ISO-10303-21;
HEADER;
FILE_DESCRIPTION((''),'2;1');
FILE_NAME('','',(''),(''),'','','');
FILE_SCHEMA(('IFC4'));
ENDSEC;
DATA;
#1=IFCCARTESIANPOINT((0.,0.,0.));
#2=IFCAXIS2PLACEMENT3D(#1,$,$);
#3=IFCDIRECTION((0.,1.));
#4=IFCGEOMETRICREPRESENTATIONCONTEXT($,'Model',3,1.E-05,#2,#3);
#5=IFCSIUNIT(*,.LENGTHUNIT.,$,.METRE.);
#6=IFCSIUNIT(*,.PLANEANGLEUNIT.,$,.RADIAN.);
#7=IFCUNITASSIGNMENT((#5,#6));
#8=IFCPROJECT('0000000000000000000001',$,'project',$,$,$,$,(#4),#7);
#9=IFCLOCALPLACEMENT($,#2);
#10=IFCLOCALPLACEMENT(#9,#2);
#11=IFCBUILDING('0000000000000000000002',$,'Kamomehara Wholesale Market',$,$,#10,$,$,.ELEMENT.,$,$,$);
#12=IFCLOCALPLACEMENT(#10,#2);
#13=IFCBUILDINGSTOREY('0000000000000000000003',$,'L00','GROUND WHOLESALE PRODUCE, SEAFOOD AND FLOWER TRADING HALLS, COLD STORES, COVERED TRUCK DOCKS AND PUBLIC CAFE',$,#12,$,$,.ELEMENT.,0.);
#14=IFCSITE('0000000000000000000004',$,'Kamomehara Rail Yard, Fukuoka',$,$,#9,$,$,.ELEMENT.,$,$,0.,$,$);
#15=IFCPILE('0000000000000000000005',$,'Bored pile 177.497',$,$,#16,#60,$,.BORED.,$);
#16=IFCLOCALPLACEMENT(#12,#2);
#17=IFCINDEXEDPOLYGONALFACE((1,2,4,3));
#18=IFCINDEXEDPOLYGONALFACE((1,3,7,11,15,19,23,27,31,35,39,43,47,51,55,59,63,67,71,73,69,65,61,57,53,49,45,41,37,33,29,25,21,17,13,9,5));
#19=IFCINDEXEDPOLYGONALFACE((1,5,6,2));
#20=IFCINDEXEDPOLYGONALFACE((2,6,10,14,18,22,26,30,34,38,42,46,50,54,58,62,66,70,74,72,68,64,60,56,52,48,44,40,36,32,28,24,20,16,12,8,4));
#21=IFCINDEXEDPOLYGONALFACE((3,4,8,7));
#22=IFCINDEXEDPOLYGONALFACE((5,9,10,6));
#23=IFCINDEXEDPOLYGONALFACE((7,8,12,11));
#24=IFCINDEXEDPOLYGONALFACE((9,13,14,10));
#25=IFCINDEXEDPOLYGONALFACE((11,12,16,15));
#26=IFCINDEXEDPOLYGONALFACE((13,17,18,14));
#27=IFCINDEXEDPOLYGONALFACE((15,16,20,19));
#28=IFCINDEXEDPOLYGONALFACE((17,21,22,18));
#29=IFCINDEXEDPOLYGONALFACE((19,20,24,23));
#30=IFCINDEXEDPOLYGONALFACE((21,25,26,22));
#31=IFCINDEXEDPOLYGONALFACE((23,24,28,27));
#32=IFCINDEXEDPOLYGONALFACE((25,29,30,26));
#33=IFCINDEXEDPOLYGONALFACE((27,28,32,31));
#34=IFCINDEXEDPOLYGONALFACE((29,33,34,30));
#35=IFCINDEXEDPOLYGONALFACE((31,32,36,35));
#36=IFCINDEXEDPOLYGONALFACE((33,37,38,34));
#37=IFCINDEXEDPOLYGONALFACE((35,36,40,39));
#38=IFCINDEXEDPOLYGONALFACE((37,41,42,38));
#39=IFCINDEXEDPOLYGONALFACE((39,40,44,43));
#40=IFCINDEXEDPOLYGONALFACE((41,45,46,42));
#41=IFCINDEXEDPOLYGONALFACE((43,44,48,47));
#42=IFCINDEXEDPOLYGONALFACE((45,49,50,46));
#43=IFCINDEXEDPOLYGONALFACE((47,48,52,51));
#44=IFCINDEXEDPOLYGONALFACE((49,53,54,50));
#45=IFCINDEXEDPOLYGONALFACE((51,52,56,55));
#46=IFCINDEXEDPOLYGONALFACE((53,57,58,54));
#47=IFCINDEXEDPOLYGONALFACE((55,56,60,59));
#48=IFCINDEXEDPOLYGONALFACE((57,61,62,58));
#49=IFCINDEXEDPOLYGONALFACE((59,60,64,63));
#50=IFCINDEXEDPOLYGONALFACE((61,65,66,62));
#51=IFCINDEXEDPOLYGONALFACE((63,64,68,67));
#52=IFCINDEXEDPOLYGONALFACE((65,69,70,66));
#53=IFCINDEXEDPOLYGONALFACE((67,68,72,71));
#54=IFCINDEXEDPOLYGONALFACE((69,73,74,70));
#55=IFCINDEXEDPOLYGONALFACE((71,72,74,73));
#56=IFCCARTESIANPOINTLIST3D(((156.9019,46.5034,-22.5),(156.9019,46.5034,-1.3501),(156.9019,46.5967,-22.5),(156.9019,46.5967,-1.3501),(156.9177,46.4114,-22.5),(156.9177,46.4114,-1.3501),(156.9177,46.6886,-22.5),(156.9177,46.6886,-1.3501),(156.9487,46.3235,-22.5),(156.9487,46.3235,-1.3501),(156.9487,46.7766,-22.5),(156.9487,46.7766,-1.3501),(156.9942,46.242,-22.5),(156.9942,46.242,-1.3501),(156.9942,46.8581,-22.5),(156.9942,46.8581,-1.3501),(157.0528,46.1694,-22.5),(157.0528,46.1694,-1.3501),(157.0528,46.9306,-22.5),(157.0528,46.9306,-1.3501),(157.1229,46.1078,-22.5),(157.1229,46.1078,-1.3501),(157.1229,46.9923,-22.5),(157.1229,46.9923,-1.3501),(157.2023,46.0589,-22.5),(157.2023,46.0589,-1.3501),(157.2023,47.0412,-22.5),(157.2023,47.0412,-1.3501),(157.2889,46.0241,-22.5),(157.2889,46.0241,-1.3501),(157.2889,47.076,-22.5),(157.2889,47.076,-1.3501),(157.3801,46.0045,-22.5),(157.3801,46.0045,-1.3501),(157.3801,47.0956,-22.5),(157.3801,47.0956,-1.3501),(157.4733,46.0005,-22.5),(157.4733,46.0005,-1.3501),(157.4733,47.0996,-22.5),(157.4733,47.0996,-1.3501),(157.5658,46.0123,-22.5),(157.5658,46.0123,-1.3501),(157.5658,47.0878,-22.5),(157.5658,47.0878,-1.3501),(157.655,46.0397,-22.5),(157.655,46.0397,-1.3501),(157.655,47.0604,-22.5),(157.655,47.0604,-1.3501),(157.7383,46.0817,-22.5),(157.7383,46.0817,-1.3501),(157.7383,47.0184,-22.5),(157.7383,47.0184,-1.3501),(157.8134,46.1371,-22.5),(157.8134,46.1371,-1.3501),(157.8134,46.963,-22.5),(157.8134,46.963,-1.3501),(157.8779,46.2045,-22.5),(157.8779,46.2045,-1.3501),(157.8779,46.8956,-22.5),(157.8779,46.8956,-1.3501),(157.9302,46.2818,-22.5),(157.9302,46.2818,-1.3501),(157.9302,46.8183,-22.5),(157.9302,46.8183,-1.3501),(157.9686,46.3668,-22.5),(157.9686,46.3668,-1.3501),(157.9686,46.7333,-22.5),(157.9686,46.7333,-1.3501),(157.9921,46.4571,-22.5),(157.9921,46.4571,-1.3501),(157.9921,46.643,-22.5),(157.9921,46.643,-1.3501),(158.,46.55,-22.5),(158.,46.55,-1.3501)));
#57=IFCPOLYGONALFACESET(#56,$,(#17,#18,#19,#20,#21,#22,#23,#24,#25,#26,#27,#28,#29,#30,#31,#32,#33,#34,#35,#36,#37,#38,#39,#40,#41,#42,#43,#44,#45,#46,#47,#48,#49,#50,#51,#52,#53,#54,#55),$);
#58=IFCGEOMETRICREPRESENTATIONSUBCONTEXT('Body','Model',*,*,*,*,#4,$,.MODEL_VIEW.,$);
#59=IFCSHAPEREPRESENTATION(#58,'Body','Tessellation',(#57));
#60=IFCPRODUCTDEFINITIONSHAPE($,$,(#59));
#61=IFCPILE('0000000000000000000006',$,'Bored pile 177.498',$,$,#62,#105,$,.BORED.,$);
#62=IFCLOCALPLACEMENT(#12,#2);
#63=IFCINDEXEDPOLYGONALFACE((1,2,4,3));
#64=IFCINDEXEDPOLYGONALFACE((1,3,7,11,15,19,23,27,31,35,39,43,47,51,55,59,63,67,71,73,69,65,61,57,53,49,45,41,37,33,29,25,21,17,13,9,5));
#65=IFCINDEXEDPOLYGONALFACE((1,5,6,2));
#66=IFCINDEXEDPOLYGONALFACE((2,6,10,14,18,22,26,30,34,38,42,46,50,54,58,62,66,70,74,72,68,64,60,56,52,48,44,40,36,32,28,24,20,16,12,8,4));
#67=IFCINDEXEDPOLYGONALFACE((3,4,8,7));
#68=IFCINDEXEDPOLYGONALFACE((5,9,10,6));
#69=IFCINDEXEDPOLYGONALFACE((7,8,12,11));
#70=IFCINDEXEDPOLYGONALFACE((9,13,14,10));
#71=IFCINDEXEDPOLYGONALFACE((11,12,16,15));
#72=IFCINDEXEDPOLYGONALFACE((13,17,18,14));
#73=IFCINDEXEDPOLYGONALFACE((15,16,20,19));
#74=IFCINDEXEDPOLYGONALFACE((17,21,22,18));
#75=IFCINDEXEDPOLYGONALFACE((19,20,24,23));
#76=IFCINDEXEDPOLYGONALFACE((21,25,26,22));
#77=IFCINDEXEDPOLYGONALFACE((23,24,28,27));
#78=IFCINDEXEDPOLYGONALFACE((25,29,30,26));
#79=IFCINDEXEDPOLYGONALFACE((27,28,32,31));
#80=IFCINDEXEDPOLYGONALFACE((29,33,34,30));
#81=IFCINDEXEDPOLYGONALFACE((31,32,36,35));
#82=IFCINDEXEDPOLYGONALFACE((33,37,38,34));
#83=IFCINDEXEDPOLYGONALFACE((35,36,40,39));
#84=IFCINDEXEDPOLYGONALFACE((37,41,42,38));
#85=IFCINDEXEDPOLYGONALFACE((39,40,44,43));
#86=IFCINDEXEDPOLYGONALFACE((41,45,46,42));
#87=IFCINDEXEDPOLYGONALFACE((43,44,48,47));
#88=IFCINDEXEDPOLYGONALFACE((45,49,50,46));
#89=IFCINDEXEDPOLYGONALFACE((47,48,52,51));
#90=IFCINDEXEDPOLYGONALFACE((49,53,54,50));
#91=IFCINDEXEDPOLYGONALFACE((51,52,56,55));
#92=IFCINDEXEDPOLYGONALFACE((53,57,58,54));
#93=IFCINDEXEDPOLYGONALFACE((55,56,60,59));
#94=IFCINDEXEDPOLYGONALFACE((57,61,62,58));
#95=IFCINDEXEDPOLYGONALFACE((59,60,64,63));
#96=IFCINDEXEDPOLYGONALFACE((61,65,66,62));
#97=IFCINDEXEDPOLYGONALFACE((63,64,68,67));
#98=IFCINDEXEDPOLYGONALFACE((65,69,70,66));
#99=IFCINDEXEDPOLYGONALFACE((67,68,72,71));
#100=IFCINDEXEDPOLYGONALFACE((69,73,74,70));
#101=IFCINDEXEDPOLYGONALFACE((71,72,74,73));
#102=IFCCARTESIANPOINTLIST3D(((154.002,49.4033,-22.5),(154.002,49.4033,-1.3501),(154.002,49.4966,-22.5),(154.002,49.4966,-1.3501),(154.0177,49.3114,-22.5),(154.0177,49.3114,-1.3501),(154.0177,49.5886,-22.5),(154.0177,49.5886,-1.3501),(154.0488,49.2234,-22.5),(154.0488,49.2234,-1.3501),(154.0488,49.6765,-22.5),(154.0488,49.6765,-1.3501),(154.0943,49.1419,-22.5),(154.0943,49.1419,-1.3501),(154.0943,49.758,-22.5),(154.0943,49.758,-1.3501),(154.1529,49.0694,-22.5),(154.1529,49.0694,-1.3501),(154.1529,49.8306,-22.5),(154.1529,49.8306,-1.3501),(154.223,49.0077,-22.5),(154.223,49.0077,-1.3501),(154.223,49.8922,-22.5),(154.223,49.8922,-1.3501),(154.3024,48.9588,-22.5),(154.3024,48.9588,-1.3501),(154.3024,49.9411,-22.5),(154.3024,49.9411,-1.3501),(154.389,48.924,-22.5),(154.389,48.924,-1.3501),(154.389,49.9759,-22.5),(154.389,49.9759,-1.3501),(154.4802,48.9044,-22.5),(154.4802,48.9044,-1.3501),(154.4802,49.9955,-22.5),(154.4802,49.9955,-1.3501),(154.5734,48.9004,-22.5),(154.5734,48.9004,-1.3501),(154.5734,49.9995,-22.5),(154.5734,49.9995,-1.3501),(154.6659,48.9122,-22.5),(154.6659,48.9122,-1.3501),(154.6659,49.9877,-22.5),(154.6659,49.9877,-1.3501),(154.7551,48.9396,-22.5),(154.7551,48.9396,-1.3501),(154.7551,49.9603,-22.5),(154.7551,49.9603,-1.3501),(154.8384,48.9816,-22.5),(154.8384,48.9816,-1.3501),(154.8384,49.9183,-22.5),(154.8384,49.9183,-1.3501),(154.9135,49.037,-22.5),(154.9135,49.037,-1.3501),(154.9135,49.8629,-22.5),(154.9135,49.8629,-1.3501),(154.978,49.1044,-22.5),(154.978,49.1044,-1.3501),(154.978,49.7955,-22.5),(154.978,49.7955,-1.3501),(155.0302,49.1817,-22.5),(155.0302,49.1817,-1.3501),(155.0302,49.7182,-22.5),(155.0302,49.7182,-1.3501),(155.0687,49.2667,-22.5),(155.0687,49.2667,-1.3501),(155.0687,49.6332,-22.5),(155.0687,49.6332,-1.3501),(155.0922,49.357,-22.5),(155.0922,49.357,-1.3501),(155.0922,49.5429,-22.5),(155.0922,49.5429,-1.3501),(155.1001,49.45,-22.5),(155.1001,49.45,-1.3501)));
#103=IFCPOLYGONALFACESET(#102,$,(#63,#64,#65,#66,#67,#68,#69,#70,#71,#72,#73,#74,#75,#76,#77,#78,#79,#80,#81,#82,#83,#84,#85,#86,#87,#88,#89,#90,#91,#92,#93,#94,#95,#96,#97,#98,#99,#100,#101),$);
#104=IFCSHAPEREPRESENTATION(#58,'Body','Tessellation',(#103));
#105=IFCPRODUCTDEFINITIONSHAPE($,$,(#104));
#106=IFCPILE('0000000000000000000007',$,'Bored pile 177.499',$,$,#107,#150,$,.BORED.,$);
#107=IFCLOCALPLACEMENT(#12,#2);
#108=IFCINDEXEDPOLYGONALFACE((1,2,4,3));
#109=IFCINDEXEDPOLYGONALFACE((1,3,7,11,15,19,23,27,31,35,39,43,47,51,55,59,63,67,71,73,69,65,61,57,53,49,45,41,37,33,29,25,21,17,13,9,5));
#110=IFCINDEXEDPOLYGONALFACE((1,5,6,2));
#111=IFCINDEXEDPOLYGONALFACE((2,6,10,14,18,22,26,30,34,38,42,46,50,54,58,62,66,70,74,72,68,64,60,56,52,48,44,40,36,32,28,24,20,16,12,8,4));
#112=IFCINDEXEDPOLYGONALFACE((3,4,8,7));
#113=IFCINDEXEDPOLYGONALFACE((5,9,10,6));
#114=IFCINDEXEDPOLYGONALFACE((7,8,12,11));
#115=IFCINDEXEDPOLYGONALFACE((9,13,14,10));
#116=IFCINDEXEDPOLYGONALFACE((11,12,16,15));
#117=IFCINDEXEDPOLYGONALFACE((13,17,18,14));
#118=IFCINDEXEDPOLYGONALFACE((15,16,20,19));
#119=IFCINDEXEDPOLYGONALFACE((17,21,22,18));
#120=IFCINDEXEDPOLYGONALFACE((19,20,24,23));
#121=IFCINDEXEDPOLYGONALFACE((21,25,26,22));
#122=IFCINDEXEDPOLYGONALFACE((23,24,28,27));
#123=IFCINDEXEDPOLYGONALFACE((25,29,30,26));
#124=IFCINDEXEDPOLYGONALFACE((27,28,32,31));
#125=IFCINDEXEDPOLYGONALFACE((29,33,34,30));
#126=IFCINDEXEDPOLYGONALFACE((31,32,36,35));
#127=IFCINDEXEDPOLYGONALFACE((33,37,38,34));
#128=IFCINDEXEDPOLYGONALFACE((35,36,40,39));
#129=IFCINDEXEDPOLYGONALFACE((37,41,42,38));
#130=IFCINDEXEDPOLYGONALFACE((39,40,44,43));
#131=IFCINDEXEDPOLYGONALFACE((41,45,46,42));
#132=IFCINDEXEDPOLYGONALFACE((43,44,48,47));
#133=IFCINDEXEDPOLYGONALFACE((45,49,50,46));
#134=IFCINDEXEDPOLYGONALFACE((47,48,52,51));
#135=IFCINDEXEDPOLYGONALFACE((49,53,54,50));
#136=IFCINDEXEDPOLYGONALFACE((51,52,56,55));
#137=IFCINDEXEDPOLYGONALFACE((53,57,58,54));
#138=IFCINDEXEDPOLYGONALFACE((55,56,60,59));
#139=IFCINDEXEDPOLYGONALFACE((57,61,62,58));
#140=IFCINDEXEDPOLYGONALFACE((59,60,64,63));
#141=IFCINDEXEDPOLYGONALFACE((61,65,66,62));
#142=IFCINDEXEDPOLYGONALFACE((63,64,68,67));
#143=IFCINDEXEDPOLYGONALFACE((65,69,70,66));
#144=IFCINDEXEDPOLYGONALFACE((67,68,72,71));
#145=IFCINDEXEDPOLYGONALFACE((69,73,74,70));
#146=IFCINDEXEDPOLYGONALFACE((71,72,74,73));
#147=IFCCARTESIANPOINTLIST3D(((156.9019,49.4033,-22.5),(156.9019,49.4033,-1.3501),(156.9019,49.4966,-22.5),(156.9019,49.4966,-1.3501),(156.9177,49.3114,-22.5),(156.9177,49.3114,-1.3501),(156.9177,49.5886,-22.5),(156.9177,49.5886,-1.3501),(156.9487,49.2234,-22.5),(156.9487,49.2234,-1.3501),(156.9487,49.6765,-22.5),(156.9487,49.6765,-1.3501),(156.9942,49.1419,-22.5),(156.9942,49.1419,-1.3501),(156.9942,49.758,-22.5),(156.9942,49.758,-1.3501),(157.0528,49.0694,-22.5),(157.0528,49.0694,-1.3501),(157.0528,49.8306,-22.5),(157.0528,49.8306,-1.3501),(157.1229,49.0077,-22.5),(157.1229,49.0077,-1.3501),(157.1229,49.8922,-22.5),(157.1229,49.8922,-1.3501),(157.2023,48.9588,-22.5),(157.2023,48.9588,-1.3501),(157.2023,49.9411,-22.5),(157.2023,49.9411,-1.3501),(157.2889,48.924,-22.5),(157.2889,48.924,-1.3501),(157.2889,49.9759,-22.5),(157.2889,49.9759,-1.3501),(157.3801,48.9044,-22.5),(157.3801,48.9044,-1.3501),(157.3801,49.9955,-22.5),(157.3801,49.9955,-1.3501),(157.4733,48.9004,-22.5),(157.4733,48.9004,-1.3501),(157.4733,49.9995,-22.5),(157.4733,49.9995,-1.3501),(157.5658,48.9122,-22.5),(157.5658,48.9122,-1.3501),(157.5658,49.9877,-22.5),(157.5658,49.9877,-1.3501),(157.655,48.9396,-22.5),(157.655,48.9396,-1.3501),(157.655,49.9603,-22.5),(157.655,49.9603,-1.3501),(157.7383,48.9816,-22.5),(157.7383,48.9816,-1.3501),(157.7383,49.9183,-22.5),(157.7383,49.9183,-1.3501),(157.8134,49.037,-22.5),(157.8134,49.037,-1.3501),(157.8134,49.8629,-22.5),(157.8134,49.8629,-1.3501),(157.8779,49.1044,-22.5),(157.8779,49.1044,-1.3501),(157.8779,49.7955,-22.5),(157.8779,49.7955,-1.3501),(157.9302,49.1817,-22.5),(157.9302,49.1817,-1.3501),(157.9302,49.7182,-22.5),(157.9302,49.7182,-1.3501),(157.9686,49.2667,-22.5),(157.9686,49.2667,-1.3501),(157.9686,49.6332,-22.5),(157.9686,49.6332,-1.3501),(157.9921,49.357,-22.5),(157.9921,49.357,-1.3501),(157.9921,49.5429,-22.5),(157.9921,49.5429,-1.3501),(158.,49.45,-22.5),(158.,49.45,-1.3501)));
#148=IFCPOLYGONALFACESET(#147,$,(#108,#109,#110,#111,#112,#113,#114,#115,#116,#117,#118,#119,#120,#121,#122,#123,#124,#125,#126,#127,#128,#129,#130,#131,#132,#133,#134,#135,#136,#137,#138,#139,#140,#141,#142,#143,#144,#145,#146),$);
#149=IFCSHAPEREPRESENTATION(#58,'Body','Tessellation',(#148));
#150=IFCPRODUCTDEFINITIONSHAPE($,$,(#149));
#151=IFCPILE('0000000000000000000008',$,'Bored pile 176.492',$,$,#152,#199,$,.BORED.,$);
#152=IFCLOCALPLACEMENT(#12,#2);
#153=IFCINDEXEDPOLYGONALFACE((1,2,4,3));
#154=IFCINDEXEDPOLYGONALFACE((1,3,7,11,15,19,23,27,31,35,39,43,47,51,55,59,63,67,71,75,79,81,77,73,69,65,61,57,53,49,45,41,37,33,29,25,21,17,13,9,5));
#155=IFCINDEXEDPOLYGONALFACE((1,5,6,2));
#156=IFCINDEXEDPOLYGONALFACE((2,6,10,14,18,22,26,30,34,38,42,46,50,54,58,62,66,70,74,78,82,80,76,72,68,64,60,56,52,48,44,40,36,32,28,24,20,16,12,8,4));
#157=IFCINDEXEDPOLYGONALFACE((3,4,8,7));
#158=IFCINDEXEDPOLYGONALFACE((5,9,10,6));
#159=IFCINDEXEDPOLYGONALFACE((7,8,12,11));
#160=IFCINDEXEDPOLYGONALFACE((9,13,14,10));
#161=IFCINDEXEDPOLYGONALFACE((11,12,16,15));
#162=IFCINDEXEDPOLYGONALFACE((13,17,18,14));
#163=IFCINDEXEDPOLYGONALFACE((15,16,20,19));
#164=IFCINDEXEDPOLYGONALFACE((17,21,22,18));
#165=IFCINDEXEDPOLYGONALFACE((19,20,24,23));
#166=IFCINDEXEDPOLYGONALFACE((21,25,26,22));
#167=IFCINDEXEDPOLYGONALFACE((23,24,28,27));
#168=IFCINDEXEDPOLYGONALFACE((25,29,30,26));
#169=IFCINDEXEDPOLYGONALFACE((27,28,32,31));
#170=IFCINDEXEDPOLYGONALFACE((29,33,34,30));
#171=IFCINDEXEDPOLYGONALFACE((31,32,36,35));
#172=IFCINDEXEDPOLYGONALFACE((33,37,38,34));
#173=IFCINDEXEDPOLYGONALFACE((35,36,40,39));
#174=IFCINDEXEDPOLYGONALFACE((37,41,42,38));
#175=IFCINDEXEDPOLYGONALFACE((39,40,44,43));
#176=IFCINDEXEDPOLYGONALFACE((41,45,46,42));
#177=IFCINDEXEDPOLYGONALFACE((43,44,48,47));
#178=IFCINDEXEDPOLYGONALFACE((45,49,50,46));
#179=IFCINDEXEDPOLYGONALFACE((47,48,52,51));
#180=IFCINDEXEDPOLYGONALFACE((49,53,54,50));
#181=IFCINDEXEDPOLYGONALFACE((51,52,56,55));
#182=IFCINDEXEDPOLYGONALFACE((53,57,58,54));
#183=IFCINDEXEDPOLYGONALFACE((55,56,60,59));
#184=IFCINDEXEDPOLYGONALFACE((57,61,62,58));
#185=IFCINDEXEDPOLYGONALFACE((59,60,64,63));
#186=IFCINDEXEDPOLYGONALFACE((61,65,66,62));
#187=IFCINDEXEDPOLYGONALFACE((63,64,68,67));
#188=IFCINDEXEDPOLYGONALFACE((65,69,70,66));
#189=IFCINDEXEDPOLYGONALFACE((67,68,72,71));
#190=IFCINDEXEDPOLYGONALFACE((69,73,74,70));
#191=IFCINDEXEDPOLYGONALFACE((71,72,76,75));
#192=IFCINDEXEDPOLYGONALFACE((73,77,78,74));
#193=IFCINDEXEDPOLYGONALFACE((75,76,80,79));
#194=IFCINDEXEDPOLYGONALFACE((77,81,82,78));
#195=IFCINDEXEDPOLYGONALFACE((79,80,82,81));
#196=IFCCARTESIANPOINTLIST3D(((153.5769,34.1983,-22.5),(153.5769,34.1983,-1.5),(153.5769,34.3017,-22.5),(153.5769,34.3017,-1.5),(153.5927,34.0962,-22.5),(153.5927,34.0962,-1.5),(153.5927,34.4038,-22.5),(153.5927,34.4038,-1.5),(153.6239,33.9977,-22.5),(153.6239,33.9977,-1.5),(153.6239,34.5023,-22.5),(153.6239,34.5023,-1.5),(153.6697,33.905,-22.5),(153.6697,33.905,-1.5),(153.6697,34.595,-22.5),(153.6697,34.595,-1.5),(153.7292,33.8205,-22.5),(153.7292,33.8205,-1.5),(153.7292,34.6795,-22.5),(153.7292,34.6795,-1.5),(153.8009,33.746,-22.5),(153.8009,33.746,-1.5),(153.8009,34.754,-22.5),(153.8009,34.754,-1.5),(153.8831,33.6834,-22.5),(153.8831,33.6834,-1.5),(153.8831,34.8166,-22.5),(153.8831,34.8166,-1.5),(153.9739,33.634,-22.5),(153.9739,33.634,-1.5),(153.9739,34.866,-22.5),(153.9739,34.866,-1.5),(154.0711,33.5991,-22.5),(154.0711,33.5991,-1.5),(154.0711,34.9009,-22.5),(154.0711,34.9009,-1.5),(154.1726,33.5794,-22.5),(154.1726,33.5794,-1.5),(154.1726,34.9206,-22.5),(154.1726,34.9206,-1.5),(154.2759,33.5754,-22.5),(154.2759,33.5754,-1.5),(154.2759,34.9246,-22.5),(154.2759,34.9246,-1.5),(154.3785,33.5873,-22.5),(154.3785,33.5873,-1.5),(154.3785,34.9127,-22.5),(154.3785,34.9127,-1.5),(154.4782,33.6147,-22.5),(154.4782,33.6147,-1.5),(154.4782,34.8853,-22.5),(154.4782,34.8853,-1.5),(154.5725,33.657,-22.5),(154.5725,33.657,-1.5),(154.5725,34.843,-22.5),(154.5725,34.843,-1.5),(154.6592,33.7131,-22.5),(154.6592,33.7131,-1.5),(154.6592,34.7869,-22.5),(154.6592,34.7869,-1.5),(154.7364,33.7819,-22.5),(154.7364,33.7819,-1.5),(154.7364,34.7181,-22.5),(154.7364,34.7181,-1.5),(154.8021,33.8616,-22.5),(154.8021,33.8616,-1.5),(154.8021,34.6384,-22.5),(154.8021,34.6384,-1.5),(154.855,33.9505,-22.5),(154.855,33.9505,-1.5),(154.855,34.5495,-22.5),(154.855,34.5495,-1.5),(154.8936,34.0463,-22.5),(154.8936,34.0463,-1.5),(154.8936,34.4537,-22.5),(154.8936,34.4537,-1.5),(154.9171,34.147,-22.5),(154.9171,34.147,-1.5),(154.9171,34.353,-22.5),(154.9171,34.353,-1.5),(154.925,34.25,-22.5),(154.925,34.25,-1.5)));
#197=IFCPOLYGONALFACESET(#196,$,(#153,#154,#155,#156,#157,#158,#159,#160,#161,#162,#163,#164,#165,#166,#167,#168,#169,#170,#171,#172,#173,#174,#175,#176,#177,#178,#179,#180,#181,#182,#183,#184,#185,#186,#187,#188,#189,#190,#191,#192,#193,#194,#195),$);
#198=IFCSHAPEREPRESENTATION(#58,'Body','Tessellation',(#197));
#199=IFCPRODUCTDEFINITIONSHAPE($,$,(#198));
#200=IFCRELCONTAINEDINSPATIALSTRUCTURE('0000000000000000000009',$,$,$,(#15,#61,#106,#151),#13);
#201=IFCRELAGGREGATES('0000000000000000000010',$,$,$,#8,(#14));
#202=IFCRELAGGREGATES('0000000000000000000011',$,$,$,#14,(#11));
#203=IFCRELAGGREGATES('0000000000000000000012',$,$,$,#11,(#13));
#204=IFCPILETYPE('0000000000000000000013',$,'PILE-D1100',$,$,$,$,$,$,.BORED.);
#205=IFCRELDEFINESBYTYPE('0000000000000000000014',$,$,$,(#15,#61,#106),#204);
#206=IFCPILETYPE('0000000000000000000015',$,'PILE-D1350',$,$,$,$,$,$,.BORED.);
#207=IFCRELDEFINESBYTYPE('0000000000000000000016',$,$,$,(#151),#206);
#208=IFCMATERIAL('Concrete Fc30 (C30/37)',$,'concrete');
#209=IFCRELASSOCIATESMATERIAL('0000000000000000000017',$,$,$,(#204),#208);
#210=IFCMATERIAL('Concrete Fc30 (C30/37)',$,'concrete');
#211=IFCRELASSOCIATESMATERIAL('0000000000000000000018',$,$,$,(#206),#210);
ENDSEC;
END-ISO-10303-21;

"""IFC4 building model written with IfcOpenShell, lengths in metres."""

from ifc_helpers import new_model, si_unit, direction, frame, origin, origin_2d, place, context, subcontext, project, spatial, circle, extrude, material, material_profile, profile_set, type_object, element, save


model = new_model("IFC4")

# Units and contexts
model_context = context("Model", 3, precision=1e-05, world=origin(), true_north=direction((0.0, 1.0)))
body_context = subcontext(model_context, "Body", "Model", "MODEL_VIEW")
ifc_project = project(units=[si_unit("LENGTHUNIT", "METRE"), si_unit("PLANEANGLEUNIT", "RADIAN")], contexts=[model_context])

# Site, building, storey
site_placement = place(None, origin())
site = spatial("IfcSite", under=ifc_project, at=site_placement, Name="Kamomehara Rail Yard, Fukuoka", CompositionType="ELEMENT", RefElevation=0.0)
building_placement = place(site_placement, origin())
building = spatial("IfcBuilding", under=site, at=building_placement, Name="Kamomehara Wholesale Market", CompositionType="ELEMENT")
storey_placement = place(building_placement, origin())
storey = spatial("IfcBuildingStorey", under=building, at=storey_placement, Name="L00", Description="GROUND WHOLESALE PRODUCE, SEAFOOD AND FLOWER TRADING HALLS, COLD STORES, COVERED TRUCK DOCKS AND PUBLIC CAFE", CompositionType="ELEMENT", Elevation=0.0)

# Piles
ifc_material_1 = material(Name="Concrete Fc30 (C30/37)", Category="concrete")
ifc_material_profile_1 = material_profile(ifc_material_1, circle(Radius=0.55, at=origin_2d()), Name="RC-PILE-D1100")
ifc_profile_set_1 = profile_set([ifc_material_profile_1], Name="Concrete Fc30 (C30/37)")
pile_type_1 = type_object("IfcPileType", Name="PILE-D1100", PredefinedType="BORED", material=ifc_profile_set_1)
for number, where, z_axis, x_axis, name in (
    (1, (157.45, 46.55, -1.3501), (0.0, 0.0, -1.0), (1.0, 0.0, 0.0), "Bored pile 177.497"),
    (2, (154.55, 49.45, -1.3501), (0.0, 0.0, -1.0), (1.0, 0.0, 0.0), "Bored pile 177.498"),
    (3, (157.45, 49.45, -1.3501), (0.0, 0.0, -1.0), (1.0, 0.0, 0.0), "Bored pile 177.499"),
):
    element("IfcPile", number, at=place(storey_placement, frame(where, z_axis=z_axis, x_axis=x_axis)), inside=storey, type_object=pile_type_1, Name=name, PredefinedType="BORED", context=body_context, shape_type="SweptSolid", body=[
        extrude(circle(Radius=0.55, at=origin_2d()), origin(), (0.0, 0.0, 1.0), 21.1499),
    ])
ifc_material_2 = material(Name="Concrete Fc30 (C30/37)", Category="concrete")
ifc_material_profile_2 = material_profile(ifc_material_2, circle(Radius=0.675, at=origin_2d()), Name="RC-PILE-D1350")
ifc_profile_set_2 = profile_set([ifc_material_profile_2], Name="Concrete Fc30 (C30/37)")
pile_type_2 = type_object("IfcPileType", Name="PILE-D1350", PredefinedType="BORED", material=ifc_profile_set_2)
for number, where, z_axis, x_axis, name in (
    (4, (154.25, 34.25, -1.5), (0.0, 0.0, -1.0), (1.0, 0.0, 0.0), "Bored pile 176.492"),
):
    element("IfcPile", number, at=place(storey_placement, frame(where, z_axis=z_axis, x_axis=x_axis)), inside=storey, type_object=pile_type_2, Name=name, PredefinedType="BORED", context=body_context, shape_type="SweptSolid", body=[
        extrude(circle(Radius=0.675, at=origin_2d()), origin(), (0.0, 0.0, 1.0), 21.0),
    ])

save(model, "model.ifc")
